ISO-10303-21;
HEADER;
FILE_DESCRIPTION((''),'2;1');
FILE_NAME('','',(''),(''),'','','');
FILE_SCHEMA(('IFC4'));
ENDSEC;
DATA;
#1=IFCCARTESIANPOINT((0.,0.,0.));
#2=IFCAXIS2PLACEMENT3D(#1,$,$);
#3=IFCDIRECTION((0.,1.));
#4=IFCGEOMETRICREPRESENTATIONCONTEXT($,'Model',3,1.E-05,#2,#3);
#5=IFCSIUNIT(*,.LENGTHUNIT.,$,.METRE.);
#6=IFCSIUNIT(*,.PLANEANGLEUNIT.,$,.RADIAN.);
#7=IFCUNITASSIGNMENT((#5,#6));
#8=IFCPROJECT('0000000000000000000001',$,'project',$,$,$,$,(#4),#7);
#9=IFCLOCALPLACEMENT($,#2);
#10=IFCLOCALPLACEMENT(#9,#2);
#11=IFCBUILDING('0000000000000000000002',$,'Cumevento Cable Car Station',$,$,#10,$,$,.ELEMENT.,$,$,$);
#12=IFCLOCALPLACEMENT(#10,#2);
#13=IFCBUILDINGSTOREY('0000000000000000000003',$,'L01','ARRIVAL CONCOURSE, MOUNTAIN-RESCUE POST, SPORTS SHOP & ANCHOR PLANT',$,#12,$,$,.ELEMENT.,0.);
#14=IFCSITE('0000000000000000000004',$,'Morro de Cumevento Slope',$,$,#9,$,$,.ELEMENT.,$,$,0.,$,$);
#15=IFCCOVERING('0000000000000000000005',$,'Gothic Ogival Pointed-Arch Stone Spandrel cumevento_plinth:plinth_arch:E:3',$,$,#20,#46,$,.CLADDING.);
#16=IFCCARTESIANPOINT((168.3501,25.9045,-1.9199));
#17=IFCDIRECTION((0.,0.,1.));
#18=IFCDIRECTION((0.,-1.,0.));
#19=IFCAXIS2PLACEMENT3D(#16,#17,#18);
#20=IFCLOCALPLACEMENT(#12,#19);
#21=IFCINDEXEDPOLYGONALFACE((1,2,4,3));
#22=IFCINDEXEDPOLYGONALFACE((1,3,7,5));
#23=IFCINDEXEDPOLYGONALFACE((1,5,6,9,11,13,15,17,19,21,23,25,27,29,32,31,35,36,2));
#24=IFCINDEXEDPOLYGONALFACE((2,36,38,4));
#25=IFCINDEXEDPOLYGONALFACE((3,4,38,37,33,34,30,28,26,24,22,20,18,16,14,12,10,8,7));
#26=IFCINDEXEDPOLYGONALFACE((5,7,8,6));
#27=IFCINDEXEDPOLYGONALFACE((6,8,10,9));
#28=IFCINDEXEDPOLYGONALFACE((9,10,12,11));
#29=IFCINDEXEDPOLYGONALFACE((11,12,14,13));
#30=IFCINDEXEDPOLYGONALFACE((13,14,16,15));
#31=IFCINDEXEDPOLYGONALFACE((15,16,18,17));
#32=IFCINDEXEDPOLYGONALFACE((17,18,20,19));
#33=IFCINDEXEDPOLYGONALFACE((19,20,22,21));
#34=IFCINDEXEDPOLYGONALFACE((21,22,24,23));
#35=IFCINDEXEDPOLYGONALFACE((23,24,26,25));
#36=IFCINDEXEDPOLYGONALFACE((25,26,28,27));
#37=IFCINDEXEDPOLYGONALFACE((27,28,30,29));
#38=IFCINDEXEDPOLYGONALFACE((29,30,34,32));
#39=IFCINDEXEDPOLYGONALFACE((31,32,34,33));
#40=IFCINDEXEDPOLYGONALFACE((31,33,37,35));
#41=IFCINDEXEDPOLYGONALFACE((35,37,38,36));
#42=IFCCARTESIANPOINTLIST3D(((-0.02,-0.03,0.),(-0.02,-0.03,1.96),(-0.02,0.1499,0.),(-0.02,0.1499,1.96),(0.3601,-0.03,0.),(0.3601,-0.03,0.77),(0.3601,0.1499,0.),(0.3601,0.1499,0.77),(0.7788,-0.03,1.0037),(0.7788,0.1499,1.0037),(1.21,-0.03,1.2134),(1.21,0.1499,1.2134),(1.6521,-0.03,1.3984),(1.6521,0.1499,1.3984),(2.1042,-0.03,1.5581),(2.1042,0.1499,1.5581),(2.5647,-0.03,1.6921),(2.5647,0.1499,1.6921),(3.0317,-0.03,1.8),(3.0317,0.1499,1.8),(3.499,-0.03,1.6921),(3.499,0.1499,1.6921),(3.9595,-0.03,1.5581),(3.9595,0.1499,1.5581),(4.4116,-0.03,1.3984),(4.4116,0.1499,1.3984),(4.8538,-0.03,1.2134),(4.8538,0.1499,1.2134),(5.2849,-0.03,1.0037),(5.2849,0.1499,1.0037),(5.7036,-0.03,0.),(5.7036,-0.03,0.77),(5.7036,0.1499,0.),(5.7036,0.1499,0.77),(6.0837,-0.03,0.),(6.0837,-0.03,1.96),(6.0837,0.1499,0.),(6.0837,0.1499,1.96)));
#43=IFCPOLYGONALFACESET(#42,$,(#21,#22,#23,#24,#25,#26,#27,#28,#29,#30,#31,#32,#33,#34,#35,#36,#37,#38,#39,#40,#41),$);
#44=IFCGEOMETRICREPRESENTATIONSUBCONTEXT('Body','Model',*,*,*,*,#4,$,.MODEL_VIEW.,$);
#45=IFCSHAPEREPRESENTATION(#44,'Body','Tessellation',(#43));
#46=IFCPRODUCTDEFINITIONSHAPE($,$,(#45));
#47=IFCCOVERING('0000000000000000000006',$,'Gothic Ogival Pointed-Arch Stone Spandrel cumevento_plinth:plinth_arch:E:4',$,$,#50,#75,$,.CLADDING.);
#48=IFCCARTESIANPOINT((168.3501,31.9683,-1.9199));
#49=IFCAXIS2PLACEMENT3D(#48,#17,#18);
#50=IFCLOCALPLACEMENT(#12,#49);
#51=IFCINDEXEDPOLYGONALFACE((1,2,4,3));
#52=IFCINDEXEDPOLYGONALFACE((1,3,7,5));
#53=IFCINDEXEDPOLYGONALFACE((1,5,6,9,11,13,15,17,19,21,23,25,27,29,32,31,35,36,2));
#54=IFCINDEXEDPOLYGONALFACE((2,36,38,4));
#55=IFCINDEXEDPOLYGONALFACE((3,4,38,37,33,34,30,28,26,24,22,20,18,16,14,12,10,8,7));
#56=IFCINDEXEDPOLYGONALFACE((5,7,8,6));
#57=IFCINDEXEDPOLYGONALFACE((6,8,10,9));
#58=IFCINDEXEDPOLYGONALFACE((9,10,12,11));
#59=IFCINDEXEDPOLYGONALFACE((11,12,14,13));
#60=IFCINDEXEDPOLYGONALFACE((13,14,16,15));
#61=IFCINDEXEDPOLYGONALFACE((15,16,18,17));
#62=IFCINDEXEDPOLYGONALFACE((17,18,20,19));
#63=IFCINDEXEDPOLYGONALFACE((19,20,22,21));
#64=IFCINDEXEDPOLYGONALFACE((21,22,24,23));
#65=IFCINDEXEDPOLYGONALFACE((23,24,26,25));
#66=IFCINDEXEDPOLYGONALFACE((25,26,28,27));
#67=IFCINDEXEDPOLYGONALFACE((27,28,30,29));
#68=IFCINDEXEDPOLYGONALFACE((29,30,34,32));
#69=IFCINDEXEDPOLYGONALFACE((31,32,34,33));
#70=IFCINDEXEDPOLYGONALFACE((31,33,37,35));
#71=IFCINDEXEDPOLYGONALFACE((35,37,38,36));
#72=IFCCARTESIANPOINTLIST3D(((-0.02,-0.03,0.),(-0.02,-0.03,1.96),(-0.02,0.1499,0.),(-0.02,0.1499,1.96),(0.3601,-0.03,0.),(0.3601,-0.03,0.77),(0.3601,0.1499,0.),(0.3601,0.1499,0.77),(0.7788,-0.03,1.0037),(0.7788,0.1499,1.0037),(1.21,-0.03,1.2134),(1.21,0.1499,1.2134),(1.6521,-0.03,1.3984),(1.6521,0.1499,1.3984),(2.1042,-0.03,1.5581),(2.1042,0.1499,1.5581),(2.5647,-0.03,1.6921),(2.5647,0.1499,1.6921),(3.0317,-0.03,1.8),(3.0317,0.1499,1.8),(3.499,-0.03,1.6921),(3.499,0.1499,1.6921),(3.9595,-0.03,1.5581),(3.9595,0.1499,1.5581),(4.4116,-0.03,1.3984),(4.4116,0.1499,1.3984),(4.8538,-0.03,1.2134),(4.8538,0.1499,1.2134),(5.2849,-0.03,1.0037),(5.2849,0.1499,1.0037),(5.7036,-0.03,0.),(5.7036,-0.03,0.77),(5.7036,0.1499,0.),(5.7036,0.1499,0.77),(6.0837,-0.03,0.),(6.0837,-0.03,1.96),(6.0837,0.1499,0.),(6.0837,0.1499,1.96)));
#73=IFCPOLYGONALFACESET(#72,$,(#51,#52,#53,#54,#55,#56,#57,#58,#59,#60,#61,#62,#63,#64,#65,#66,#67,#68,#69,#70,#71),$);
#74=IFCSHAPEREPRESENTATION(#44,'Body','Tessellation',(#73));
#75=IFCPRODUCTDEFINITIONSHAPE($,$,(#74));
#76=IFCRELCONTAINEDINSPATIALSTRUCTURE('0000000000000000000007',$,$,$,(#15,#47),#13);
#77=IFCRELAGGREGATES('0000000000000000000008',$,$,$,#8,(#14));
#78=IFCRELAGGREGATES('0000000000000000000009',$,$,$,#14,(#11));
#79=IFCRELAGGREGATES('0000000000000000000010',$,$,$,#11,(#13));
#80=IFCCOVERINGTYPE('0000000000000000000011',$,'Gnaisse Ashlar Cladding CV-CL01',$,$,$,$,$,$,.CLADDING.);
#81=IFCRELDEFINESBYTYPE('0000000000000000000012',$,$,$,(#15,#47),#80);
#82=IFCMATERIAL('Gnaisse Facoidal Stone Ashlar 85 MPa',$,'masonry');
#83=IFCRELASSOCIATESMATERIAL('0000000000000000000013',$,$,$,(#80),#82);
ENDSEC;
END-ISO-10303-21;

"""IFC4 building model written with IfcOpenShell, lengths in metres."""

from ifc_helpers import new_model, si_unit, direction, frame, origin, place, context, subcontext, project, spatial, polyline, outline, extrude, material, type_object, element, save


model = new_model("IFC4")

# Units and contexts
model_context = context("Model", 3, precision=1e-05, world=origin(), true_north=direction((0.0, 1.0)))
body_context = subcontext(model_context, "Body", "Model", "MODEL_VIEW")
ifc_project = project(units=[si_unit("LENGTHUNIT", "METRE"), si_unit("PLANEANGLEUNIT", "RADIAN")], contexts=[model_context])

# Site, building, storey
site_placement = place(None, origin())
site = spatial("IfcSite", under=ifc_project, at=site_placement, Name="Morro de Cumevento Slope", CompositionType="ELEMENT", RefElevation=0.0)
building_placement = place(site_placement, origin())
building = spatial("IfcBuilding", under=site, at=building_placement, Name="Cumevento Cable Car Station", CompositionType="ELEMENT")
storey_placement = place(building_placement, origin())
storey = spatial("IfcBuildingStorey", under=building, at=storey_placement, Name="L01", Description="ARRIVAL CONCOURSE, MOUNTAIN-RESCUE POST, SPORTS SHOP & ANCHOR PLANT", CompositionType="ELEMENT", Elevation=0.0)

# Coverings
ifc_material_1 = material(Name="Gnaisse Facoidal Stone Ashlar 85 MPa", Category="masonry")
covering_type = type_object("IfcCoveringType", Name="Gnaisse Ashlar Cladding CV-CL01", PredefinedType="CLADDING", material=ifc_material_1)
for number, where, z_axis, x_axis, name in (
    (1, (168.3501, 25.9045, -1.9199), (0.0, 0.0, 1.0), (0.0, -1.0, 0.0), "Gothic Ogival Pointed-Arch Stone Spandrel cumevento_plinth:plinth_arch:E:3"),
    (2, (168.3501, 31.9683, -1.9199), (0.0, 0.0, 1.0), (0.0, -1.0, 0.0), "Gothic Ogival Pointed-Arch Stone Spandrel cumevento_plinth:plinth_arch:E:4"),
):
    element("IfcCovering", number, at=place(storey_placement, frame(where, z_axis=z_axis, x_axis=x_axis)), inside=storey, type_object=covering_type, Name=name, PredefinedType="CLADDING", context=body_context, shape_type="SweptSolid", body=[
        extrude(outline(polyline([(-0.02, 0.0), (-0.02, 1.96), (6.0837, 1.96), (6.0837, 0.0), (5.7036, 0.0), (5.7036, 0.77), (5.2849, 1.0037), (4.8538, 1.2134), (4.4116, 1.3984), (3.9595, 1.5581), (3.499, 1.6921), (3.0317, 1.8), (2.5647, 1.6921), (2.1042, 1.5581), (1.6521, 1.3984), (1.21, 1.2134), (0.7788, 1.0037), (0.3601, 0.77), (0.3601, 0.0), (-0.02, 0.0)])), frame((0.0, 0.1499, 0.0), z_axis=(0.0, -1.0, 0.0), x_axis=(1.0, 0.0, 0.0)), (0.0, 0.0, 1.0), 0.1799),
    ])

save(model, "model.ifc")
